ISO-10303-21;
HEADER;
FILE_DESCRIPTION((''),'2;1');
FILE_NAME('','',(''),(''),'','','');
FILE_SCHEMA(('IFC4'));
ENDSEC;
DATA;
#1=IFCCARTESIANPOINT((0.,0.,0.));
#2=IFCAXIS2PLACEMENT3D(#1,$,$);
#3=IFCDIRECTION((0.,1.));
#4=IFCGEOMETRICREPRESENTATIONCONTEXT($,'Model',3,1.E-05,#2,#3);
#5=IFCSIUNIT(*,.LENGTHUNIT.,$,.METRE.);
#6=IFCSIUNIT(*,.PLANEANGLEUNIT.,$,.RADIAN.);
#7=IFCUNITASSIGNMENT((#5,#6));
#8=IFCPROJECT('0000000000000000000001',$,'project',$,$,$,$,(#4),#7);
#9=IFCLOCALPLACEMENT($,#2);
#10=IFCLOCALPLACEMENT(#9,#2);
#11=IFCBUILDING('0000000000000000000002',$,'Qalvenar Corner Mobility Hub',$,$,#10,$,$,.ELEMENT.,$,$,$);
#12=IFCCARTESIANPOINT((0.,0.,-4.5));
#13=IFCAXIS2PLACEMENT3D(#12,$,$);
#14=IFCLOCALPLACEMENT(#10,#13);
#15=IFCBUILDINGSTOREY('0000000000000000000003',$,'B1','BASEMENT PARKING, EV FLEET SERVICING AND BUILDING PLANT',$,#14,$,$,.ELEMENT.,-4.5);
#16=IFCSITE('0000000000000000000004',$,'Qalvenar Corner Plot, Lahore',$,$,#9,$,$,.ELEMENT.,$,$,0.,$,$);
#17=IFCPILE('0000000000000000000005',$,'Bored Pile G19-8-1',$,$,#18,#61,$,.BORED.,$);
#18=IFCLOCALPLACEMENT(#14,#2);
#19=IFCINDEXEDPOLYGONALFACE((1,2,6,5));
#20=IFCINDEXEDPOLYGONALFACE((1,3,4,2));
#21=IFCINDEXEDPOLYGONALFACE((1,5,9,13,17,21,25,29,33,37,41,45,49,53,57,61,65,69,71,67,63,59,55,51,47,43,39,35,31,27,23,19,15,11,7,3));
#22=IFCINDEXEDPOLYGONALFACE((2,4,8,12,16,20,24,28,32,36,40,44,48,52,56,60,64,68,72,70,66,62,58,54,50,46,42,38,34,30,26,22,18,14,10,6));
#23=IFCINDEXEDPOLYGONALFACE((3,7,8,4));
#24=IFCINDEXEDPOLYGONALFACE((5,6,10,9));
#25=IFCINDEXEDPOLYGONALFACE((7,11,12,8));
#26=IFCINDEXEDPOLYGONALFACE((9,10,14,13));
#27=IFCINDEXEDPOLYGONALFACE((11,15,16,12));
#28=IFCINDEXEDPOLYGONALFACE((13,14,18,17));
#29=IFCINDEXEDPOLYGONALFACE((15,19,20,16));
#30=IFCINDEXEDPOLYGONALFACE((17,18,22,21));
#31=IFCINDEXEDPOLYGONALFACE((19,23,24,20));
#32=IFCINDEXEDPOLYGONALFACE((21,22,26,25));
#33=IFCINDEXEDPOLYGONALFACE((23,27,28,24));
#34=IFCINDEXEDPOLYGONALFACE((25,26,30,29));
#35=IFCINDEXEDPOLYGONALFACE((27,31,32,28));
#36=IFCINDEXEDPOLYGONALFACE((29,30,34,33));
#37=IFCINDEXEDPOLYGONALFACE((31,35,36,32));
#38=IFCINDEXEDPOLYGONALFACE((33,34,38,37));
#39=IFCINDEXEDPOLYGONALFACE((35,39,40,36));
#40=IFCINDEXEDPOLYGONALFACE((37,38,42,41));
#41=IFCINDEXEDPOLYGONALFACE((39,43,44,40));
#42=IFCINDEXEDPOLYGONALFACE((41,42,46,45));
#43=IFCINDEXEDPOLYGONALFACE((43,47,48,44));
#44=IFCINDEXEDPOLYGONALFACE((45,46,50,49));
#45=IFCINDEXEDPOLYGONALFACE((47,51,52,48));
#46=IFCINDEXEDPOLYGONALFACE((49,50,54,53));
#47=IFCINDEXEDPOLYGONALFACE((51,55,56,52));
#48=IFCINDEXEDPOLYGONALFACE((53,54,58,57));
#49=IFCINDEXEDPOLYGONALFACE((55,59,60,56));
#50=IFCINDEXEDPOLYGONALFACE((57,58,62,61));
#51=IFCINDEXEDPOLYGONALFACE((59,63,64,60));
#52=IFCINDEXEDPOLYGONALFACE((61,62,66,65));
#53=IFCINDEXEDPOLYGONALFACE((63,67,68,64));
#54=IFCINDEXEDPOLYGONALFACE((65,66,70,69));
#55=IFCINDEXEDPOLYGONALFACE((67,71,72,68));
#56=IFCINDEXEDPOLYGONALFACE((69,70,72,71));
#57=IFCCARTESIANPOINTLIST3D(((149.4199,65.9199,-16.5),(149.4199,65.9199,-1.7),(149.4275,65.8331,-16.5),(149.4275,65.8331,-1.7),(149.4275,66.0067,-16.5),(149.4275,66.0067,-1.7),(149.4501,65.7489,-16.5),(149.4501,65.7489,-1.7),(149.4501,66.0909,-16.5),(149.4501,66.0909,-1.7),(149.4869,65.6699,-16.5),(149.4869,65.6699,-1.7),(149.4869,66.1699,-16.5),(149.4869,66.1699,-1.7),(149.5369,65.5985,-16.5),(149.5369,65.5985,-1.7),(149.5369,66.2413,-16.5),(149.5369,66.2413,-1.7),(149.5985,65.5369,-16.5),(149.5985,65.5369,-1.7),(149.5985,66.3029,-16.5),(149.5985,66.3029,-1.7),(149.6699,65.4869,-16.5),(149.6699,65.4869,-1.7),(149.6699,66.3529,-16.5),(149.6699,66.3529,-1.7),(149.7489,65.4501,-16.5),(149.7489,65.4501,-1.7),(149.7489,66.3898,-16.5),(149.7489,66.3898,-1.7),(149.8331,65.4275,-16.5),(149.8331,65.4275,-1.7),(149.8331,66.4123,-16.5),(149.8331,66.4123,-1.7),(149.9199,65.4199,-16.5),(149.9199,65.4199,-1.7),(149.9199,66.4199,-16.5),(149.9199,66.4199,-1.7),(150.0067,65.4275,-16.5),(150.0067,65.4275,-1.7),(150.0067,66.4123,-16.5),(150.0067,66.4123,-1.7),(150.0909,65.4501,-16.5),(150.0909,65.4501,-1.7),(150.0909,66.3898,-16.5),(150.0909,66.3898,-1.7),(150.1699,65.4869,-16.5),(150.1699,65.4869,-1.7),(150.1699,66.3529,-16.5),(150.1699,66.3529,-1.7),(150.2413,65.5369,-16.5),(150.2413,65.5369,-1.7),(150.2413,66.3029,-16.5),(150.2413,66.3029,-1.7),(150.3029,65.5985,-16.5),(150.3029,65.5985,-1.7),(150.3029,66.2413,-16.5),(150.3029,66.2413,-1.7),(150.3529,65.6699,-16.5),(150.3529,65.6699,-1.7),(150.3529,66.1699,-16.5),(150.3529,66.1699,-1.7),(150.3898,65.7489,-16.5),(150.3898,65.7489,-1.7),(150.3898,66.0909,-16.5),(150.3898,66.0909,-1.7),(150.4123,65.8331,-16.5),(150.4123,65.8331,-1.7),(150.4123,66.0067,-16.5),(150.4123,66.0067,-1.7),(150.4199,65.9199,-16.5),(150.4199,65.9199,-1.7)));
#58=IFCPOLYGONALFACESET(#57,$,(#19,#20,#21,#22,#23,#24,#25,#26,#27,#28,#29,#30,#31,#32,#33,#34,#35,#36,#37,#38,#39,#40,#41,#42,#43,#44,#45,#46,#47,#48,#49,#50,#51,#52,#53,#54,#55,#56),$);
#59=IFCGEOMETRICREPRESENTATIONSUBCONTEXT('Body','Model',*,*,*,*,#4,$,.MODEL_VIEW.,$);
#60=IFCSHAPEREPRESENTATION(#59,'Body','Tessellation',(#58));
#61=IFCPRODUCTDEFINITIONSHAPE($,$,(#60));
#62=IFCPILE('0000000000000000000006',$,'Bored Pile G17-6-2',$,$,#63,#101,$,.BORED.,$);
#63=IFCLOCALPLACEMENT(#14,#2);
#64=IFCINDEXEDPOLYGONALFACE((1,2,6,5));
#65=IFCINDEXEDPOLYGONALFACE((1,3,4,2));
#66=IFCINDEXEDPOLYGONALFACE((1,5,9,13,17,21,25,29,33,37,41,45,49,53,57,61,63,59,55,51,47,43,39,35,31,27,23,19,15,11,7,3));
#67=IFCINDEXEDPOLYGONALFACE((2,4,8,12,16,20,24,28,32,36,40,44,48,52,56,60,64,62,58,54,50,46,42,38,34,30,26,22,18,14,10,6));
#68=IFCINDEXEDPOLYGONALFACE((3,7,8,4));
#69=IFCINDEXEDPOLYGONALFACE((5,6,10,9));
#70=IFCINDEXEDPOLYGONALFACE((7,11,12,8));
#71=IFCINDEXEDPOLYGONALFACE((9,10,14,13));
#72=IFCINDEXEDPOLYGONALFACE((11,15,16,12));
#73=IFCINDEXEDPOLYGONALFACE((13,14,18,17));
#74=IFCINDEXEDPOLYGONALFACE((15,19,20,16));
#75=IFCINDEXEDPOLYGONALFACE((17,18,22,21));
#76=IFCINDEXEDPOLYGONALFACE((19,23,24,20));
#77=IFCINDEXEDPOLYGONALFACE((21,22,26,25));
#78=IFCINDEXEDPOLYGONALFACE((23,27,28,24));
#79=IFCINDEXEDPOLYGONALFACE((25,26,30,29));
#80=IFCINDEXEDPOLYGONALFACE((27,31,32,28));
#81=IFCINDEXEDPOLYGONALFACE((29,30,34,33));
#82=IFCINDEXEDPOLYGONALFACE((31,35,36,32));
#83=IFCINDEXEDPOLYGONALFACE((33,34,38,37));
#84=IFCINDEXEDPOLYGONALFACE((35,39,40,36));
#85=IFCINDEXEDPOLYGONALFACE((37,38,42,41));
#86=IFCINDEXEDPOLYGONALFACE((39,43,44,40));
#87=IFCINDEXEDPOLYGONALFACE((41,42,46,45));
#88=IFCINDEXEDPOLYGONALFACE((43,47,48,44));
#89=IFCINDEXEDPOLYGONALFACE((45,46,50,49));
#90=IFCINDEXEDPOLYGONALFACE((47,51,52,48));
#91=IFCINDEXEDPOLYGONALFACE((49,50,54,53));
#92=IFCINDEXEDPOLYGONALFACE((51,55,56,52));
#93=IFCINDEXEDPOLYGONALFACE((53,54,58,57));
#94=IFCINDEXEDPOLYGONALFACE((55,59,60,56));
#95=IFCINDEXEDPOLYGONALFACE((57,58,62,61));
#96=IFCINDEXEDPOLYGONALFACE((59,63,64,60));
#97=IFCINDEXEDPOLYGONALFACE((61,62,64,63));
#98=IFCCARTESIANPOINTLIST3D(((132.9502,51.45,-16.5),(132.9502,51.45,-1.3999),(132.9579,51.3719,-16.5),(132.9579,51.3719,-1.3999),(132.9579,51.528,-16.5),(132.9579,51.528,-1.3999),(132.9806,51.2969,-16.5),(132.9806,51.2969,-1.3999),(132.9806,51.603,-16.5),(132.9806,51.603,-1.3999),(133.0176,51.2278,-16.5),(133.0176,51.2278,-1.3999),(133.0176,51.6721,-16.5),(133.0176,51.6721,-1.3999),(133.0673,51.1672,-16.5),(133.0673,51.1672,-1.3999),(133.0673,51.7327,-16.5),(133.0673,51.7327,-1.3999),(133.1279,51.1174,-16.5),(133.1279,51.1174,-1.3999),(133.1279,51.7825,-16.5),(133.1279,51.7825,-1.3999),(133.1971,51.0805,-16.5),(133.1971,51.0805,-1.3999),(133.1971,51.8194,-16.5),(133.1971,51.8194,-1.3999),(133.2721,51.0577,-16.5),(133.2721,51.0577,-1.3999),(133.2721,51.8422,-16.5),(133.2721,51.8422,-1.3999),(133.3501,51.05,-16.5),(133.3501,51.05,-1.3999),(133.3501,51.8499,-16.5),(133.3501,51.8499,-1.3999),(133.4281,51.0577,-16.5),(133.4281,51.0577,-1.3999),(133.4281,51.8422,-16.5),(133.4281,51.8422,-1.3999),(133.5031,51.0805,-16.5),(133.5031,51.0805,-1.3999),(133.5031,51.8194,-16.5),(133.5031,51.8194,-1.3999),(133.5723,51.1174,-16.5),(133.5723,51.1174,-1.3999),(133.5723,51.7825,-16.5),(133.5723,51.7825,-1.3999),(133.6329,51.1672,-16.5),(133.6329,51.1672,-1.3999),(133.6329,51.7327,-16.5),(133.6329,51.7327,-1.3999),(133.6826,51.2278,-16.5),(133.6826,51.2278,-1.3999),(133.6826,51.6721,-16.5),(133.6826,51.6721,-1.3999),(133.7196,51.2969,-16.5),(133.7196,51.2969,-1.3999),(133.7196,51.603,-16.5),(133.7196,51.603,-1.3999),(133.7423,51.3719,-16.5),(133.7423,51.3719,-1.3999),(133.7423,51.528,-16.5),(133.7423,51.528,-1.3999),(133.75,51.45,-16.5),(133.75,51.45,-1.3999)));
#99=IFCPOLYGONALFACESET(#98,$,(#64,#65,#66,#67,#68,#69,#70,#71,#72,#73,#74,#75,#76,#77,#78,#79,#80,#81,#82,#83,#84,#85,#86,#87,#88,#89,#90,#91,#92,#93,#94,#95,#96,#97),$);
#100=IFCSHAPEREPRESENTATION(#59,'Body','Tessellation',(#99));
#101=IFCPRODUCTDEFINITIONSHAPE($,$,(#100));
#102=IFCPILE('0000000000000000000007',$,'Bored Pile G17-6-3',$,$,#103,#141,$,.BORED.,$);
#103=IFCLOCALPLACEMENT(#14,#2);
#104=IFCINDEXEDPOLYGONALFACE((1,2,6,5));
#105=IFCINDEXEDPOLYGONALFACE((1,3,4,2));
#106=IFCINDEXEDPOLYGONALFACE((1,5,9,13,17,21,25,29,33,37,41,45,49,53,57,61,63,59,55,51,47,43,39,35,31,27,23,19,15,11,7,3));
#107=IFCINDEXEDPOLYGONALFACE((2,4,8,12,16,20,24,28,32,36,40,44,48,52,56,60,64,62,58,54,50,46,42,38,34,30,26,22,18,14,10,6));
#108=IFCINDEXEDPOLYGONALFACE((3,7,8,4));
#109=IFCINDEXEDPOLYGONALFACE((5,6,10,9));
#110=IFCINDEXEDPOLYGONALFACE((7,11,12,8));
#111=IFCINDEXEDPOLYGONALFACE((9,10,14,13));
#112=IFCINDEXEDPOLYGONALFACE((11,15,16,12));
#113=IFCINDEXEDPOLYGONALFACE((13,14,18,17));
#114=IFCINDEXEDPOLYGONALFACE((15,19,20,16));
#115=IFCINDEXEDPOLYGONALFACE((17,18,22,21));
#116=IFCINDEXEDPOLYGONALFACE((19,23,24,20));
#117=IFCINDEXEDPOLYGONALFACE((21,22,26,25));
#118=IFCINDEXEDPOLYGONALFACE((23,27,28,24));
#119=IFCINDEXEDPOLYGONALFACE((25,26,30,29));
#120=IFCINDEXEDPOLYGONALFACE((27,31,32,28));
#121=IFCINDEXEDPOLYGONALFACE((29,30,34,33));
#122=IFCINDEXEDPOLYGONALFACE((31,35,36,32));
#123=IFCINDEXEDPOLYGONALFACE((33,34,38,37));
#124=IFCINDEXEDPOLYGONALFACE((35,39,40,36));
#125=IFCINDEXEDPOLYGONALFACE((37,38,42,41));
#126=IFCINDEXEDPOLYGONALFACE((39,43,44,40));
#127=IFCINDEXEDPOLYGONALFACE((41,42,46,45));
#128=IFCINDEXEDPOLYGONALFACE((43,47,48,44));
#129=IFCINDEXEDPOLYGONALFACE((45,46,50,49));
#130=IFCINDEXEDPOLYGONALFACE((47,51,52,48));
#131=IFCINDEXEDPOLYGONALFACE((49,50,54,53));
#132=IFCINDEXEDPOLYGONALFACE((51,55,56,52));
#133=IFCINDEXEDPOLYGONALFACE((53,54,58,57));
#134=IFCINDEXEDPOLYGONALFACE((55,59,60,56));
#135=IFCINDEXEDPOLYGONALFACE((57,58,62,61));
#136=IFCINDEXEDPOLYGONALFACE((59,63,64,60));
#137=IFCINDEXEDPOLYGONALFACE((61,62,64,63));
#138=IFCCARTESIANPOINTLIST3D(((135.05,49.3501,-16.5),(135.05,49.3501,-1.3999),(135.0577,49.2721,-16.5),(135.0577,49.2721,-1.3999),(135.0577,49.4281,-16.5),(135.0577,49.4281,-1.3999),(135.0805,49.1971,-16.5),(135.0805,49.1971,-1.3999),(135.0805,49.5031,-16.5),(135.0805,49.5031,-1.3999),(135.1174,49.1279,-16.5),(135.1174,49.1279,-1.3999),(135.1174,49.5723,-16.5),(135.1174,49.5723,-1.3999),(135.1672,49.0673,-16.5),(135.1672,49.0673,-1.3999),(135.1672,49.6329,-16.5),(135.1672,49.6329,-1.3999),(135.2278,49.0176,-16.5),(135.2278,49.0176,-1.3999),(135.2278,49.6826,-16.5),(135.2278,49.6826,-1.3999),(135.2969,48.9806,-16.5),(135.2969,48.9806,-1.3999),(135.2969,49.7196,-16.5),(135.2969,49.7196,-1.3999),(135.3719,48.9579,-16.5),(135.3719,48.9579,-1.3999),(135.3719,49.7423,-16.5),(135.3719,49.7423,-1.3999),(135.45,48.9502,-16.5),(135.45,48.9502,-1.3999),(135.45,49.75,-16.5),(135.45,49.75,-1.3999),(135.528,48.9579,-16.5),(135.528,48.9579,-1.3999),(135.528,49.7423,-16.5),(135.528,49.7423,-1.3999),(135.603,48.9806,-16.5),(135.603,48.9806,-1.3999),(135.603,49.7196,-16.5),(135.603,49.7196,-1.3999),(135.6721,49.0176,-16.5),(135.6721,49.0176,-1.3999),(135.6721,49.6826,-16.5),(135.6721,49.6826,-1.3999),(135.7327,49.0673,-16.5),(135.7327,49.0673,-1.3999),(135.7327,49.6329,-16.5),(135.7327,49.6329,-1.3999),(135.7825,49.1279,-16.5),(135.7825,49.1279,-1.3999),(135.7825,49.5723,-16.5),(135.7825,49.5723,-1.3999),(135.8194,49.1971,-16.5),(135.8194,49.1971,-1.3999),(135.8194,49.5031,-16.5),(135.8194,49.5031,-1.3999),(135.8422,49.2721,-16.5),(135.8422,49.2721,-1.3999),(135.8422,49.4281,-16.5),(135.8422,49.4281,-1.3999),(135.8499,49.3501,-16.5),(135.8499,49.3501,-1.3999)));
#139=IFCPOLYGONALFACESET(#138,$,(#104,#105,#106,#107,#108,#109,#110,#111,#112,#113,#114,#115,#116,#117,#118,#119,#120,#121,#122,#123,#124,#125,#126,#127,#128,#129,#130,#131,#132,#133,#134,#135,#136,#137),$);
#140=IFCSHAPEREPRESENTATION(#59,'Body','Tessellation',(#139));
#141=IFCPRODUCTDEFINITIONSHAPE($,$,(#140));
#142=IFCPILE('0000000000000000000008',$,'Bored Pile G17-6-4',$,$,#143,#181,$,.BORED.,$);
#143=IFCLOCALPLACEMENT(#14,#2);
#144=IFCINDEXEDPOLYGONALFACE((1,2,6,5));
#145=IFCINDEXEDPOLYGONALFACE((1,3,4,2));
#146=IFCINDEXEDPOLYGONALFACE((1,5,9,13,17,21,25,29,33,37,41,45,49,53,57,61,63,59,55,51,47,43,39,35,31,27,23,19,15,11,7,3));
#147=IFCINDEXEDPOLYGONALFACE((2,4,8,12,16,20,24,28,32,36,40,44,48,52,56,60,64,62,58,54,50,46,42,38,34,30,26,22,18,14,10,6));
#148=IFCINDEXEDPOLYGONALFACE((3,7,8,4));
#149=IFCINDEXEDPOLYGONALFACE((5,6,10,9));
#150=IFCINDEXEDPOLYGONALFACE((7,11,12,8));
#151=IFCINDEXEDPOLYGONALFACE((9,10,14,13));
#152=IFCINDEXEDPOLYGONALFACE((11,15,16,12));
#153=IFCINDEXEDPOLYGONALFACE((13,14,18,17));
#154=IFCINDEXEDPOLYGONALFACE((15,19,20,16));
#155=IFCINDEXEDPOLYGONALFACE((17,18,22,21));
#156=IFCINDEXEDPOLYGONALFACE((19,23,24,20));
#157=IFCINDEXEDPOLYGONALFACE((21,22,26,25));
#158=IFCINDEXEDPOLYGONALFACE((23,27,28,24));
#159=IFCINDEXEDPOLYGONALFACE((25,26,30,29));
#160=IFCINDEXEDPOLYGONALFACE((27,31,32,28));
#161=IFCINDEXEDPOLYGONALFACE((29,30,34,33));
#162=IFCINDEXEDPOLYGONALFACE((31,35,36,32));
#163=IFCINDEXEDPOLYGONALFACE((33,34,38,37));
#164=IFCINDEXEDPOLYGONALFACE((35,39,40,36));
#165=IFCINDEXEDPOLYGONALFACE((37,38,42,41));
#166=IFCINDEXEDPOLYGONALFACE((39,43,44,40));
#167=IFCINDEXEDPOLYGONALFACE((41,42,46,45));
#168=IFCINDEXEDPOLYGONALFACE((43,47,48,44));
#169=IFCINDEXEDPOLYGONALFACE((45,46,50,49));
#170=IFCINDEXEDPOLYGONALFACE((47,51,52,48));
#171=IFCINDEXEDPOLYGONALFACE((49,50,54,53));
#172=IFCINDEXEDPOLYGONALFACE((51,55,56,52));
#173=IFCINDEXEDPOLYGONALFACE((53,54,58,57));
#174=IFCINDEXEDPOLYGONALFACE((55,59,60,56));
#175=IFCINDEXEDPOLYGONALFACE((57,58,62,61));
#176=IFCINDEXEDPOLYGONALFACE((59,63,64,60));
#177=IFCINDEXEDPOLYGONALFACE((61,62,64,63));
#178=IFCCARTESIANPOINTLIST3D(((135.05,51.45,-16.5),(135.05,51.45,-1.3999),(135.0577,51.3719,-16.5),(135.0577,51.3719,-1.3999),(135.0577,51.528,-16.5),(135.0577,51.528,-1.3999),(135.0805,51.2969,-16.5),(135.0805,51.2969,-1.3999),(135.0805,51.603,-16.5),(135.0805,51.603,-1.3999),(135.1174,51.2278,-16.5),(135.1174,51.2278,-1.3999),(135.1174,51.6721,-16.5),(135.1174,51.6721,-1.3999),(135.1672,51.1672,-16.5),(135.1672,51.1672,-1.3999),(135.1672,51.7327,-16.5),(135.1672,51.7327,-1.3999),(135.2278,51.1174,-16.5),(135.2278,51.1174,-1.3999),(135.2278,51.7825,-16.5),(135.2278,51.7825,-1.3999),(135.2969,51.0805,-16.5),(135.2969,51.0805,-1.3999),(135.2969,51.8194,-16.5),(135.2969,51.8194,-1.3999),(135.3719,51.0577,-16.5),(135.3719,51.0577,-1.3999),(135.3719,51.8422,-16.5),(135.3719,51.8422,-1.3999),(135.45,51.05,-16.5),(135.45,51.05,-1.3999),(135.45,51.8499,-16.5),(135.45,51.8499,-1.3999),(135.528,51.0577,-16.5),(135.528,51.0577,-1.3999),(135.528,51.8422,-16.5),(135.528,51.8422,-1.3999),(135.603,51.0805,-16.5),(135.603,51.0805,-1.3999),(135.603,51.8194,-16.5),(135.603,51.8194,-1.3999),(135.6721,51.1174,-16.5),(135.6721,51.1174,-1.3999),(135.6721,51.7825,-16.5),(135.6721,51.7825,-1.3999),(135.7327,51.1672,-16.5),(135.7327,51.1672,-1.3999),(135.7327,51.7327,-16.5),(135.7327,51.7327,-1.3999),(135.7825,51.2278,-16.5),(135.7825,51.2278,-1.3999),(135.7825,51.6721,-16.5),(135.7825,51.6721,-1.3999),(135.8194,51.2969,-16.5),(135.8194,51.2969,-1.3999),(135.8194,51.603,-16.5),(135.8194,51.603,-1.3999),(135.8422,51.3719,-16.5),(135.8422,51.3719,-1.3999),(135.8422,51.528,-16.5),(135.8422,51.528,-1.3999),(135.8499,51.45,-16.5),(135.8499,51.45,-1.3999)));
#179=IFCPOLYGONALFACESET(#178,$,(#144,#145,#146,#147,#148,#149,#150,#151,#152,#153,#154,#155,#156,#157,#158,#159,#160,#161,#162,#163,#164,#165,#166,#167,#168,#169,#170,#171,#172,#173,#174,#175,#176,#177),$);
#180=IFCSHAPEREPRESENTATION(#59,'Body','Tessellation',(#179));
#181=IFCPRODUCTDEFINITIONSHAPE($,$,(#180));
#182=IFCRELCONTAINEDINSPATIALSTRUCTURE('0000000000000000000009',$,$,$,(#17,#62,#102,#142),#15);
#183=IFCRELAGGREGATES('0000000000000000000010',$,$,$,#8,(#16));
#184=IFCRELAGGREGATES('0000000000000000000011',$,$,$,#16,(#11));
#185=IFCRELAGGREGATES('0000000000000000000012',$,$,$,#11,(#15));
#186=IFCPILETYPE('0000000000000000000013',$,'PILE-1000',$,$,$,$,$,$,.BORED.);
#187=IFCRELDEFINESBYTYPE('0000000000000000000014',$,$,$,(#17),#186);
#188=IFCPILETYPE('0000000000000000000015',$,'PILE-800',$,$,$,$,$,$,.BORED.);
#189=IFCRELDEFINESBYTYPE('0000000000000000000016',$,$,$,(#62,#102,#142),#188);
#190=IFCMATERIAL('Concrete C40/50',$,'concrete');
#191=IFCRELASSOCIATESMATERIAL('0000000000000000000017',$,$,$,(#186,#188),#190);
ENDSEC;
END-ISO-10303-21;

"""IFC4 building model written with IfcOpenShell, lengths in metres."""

from ifc_helpers import new_model, si_unit, direction, frame, origin, origin_2d, place, context, subcontext, project, spatial, circle, extrude, material, material_profile, profile_set, type_object, element, save


model = new_model("IFC4")

# Units and contexts
model_context = context("Model", 3, precision=1e-05, world=origin(), true_north=direction((0.0, 1.0)))
body_context = subcontext(model_context, "Body", "Model", "MODEL_VIEW")
ifc_project = project(units=[si_unit("LENGTHUNIT", "METRE"), si_unit("PLANEANGLEUNIT", "RADIAN")], contexts=[model_context])

# Site, building, storey
site_placement = place(None, origin())
site = spatial("IfcSite", under=ifc_project, at=site_placement, Name="Qalvenar Corner Plot, Lahore", CompositionType="ELEMENT", RefElevation=0.0)
building_placement = place(site_placement, origin())
building = spatial("IfcBuilding", under=site, at=building_placement, Name="Qalvenar Corner Mobility Hub", CompositionType="ELEMENT")
storey_placement = place(building_placement, frame((0.0, 0.0, -4.5)))
storey = spatial("IfcBuildingStorey", under=building, at=storey_placement, Name="B1", Description="BASEMENT PARKING, EV FLEET SERVICING AND BUILDING PLANT", CompositionType="ELEMENT", Elevation=-4.5)

# Shared definitions
ifc_material_1 = material(Name="Concrete C40/50", Category="concrete")

# Piles
ifc_material_profile_1 = material_profile(ifc_material_1, circle(Radius=0.5, at=origin_2d()), Name="DIA1000")
ifc_profile_set_1 = profile_set([ifc_material_profile_1], Name="Concrete C40/50")
pile_type_1 = type_object("IfcPileType", Name="PILE-1000", PredefinedType="BORED", material=ifc_profile_set_1)
for number, where, z_axis, x_axis, name in (
    (1, (149.9199, 65.9199, -1.7), (0.0, 0.0, -1.0), (1.0, 0.0, 0.0), "Bored Pile G19-8-1"),
):
    element("IfcPile", number, at=place(storey_placement, frame(where, z_axis=z_axis, x_axis=x_axis)), inside=storey, type_object=pile_type_1, Name=name, PredefinedType="BORED", context=body_context, shape_type="SweptSolid", body=[
        extrude(circle(Radius=0.5, at=origin_2d()), origin(), (0.0, 0.0, 1.0), 14.8),
    ])
ifc_material_profile_2 = material_profile(ifc_material_1, circle(Radius=0.3999, at=origin_2d()), Name="DIA800")
ifc_profile_set_2 = profile_set([ifc_material_profile_2], Name="Concrete C40/50")
pile_type_2 = type_object("IfcPileType", Name="PILE-800", PredefinedType="BORED", material=ifc_profile_set_2)
for number, where, z_axis, x_axis, name in (
    (2, (133.3501, 51.45, -1.3999), (0.0, 0.0, -1.0), (1.0, 0.0, 0.0), "Bored Pile G17-6-2"),
    (3, (135.45, 49.3501, -1.3999), (0.0, 0.0, -1.0), (1.0, 0.0, 0.0), "Bored Pile G17-6-3"),
    (4, (135.45, 51.45, -1.3999), (0.0, 0.0, -1.0), (1.0, 0.0, 0.0), "Bored Pile G17-6-4"),
):
    element("IfcPile", number, at=place(storey_placement, frame(where, z_axis=z_axis, x_axis=x_axis)), inside=storey, type_object=pile_type_2, Name=name, PredefinedType="BORED", context=body_context, shape_type="SweptSolid", body=[
        extrude(circle(Radius=0.3999, at=origin_2d()), origin(), (0.0, 0.0, 1.0), 15.1001),
    ])

save(model, "model.ifc")
